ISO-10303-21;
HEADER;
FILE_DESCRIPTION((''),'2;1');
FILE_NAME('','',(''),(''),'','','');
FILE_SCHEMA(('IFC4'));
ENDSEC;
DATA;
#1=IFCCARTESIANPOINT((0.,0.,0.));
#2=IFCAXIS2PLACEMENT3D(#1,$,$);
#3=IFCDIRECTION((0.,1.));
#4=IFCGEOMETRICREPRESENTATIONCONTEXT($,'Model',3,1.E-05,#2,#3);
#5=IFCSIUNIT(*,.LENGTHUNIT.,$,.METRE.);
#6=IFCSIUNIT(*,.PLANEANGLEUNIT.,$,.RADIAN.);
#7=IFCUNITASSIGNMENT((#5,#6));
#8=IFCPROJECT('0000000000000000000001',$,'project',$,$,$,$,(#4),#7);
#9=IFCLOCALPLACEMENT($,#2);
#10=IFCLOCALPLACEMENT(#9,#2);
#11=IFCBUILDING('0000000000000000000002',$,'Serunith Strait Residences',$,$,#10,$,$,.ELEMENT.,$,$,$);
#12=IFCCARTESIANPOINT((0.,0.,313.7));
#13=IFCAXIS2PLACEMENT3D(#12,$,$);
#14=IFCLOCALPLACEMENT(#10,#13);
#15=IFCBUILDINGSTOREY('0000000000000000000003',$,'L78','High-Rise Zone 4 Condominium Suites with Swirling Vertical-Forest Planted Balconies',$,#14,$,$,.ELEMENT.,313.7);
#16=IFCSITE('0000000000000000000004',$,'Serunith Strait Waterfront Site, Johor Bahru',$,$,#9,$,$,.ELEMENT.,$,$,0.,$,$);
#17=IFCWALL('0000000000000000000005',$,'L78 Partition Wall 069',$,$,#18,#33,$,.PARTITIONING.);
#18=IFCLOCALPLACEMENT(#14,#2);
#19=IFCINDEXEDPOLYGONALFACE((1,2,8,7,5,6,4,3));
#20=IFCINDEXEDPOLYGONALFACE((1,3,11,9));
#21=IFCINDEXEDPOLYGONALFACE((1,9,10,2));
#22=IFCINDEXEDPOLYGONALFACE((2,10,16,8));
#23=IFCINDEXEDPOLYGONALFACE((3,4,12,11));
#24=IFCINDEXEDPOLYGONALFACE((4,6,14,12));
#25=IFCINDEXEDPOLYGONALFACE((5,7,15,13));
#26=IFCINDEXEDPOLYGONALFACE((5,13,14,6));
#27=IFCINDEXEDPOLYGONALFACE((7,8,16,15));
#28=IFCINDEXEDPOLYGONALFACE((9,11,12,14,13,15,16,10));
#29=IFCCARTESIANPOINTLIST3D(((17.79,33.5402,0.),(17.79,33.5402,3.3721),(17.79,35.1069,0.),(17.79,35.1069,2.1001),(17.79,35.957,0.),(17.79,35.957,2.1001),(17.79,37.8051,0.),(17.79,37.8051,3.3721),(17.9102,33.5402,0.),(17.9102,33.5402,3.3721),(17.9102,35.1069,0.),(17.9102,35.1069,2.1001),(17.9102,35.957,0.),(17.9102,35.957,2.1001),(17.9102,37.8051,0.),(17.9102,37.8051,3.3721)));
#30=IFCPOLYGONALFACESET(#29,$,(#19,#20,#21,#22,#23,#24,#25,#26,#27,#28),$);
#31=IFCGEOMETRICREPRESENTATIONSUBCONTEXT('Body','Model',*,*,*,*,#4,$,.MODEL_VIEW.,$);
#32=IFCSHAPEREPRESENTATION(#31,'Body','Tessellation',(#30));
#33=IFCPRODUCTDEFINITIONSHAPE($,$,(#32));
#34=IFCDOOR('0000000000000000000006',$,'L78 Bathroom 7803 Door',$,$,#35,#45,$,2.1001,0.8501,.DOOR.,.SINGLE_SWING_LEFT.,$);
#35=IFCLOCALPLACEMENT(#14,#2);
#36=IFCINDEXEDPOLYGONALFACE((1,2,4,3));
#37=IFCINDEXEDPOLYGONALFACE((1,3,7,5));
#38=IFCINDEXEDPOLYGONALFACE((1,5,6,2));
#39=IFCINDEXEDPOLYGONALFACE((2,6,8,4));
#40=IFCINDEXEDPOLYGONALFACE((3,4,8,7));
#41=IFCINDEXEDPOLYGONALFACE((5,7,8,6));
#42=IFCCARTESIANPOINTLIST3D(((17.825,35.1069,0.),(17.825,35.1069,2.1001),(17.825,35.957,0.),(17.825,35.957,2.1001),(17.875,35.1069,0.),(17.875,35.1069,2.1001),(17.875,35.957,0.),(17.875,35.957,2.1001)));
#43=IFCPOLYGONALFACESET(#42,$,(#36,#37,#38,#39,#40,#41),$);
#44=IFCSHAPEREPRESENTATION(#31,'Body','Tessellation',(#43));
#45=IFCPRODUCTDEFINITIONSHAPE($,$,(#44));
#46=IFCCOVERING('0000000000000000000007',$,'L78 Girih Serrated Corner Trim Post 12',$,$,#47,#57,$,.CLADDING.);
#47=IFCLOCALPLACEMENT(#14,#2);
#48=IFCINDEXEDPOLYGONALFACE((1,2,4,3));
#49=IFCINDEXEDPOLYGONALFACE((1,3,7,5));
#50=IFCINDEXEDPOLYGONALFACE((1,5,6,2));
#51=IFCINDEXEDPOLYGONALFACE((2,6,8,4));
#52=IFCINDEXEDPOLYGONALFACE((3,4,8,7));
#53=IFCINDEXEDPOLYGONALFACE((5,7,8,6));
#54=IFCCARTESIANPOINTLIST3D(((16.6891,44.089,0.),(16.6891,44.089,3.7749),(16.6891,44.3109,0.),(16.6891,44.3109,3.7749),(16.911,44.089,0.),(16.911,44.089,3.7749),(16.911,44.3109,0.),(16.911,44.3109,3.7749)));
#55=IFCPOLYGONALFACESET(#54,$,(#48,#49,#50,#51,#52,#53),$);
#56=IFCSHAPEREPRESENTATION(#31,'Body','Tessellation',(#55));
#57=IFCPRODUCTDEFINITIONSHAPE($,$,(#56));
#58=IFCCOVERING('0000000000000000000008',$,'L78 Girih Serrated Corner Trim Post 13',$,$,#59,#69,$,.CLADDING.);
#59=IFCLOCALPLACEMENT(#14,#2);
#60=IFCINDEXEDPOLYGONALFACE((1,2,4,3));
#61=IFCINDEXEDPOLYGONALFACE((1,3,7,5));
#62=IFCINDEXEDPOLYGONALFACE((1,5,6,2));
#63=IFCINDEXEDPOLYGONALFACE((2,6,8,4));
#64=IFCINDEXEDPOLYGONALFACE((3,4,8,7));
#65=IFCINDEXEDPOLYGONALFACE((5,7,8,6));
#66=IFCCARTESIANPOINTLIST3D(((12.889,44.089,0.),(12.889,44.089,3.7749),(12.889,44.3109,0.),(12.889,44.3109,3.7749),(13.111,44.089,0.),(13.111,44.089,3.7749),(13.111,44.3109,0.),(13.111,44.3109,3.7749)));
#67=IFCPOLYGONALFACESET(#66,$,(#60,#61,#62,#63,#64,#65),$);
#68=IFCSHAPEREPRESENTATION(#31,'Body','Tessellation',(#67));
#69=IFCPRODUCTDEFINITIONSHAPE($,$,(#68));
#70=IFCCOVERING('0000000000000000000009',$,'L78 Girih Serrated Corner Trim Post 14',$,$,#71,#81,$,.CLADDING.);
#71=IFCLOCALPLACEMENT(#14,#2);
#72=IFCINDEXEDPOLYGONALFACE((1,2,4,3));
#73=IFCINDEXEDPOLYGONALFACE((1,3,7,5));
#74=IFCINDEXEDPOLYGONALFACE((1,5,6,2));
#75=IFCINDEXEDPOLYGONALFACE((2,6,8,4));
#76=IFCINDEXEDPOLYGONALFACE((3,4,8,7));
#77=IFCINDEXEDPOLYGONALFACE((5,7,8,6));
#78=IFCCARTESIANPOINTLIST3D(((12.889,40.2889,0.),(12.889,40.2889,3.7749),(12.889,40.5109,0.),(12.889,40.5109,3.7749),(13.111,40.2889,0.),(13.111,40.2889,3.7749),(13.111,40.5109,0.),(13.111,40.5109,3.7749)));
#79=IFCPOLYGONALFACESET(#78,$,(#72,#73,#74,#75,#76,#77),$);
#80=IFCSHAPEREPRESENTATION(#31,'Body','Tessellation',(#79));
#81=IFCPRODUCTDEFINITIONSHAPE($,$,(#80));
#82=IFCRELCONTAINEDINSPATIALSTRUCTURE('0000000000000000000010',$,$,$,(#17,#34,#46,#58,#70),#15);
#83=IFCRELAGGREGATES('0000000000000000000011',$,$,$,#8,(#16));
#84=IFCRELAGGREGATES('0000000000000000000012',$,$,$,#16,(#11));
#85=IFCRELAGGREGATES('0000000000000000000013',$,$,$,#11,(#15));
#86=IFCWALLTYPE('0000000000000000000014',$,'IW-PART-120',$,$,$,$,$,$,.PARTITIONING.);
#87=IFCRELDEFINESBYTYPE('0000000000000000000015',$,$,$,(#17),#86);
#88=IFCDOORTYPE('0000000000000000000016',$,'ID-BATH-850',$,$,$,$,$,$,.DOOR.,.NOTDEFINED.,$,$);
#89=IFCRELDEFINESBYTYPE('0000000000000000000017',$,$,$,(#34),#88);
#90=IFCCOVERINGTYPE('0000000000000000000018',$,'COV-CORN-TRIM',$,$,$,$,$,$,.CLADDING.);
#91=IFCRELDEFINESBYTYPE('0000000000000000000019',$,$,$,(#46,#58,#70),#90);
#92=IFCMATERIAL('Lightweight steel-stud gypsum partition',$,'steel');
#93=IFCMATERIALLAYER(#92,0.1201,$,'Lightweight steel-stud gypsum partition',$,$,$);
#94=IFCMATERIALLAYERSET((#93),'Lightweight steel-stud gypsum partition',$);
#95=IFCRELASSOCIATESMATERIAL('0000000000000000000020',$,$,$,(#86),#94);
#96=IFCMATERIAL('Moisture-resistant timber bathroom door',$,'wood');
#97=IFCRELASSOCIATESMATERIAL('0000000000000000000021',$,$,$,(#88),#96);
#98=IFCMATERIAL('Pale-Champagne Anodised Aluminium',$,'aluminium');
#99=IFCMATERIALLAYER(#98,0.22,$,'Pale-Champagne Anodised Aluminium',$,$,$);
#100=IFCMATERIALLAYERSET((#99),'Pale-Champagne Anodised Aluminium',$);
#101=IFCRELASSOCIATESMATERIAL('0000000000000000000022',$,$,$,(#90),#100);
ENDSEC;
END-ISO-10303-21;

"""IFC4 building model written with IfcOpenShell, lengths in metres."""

from ifc_helpers import new_model, si_unit, direction, frame, frame_2d, origin, origin_2d, place, context, subcontext, project, spatial, rectangle, extrude, source, transform, mapped, material, layer, layer_set, type_object, element, fill, save


model = new_model("IFC4")

# Units and contexts
model_context = context("Model", 3, precision=1e-05, world=origin(), true_north=direction((0.0, 1.0)))
body_context = subcontext(model_context, "Body", "Model", "MODEL_VIEW")
ifc_project = project(units=[si_unit("LENGTHUNIT", "METRE"), si_unit("PLANEANGLEUNIT", "RADIAN")], contexts=[model_context])

# Site, building, storey
site_placement = place(None, origin())
site = spatial("IfcSite", under=ifc_project, at=site_placement, Name="Serunith Strait Waterfront Site, Johor Bahru", CompositionType="ELEMENT", RefElevation=0.0)
building_placement = place(site_placement, origin())
building = spatial("IfcBuilding", under=site, at=building_placement, Name="Serunith Strait Residences", CompositionType="ELEMENT")
storey_placement = place(building_placement, frame((0.0, 0.0, 313.7)))
storey = spatial("IfcBuildingStorey", under=building, at=storey_placement, Name="L78", Description="High-Rise Zone 4 Condominium Suites with Swirling Vertical-Forest Planted Balconies", CompositionType="ELEMENT", Elevation=313.7)

# Shared definitions
ifc_material_1 = material(Name="Lightweight steel-stud gypsum partition", Category="steel")
ifc_layer_1 = layer(ifc_material_1, 0.1201, Name="Lightweight steel-stud gypsum partition")
ifc_layer_set_1 = layer_set([ifc_layer_1], Name="Lightweight steel-stud gypsum partition")
wall_type_1 = type_object("IfcWallType", Name="IW-PART-120", PredefinedType="PARTITIONING", material=ifc_layer_set_1)
shared_shape_1 = source(origin(), body_context, "Body", "SweptSolid", [
    extrude(rectangle(XDim=0.8501, YDim=2.1001, at=frame_2d((0.425, 1.05))), frame((0.0, 0.0249, 0.0), z_axis=(0.0, -1.0, 0.0), x_axis=(1.0, 0.0, 0.0)), (0.0, 0.0, 1.0), 0.05),
])

# Wall, opening, door
wall_1_placement = place(storey_placement, frame((17.8501, 37.8049, 0.0), z_axis=(0.0, 0.0, 1.0), x_axis=(0.0, -1.0, 0.0)))
wall_1 = element("IfcWall", 1, at=wall_1_placement, inside=storey, type_object=wall_type_1, Name="L78 Partition Wall 069", PredefinedType="PARTITIONING", context=body_context, shape_type="SweptSolid", body=[
    extrude(rectangle(XDim=4.2649, YDim=0.1201, at=frame_2d((2.1323, 0.0))), origin(), (0.0, 0.0, 1.0), 3.3721),
])
opening_1_placement = place(wall_1_placement, frame((1.8479, 0.0, 0.0)))
opening_1 = element("IfcOpeningElement", 2, at=opening_1_placement, cuts=wall_1, PredefinedType="OPENING", context=body_context, shape_type="SweptSolid", body=[
    extrude(rectangle(XDim=0.8501, YDim=2.1001, at=frame_2d((0.425, 1.05))), frame((0.0, 0.0701, 0.0), z_axis=(0.0, -1.0, 0.0), x_axis=(1.0, 0.0, 0.0)), (0.0, 0.0, 1.0), 0.1401),
])
ifc_material_2 = material(Name="Moisture-resistant timber bathroom door", Category="wood")
door_type_1 = type_object("IfcDoorType", Name="ID-BATH-850", OperationType="NOTDEFINED", PredefinedType="DOOR", material=ifc_material_2)
door_1_placement = place(opening_1_placement, origin())
door_1 = element("IfcDoor", 3, at=door_1_placement, inside=storey, type_object=door_type_1, Name="L78 Bathroom 7803 Door", OperationType="SINGLE_SWING_LEFT", OverallHeight=2.1001, OverallWidth=0.8501, PredefinedType="DOOR", context=body_context, shape_type="MappedRepresentation", body=[
    mapped(shared_shape_1, transform((0.0, 0.0, 0.0), scale=1.0)),
])
fill(opening_1, door_1)

# Coverings
ifc_material_3 = material(Name="Pale-Champagne Anodised Aluminium", Category="aluminium")
ifc_layer_2 = layer(ifc_material_3, 0.22, Name="Pale-Champagne Anodised Aluminium")
ifc_layer_set_2 = layer_set([ifc_layer_2], Name="Pale-Champagne Anodised Aluminium")
covering_type = type_object("IfcCoveringType", Name="COV-CORN-TRIM", PredefinedType="CLADDING", material=ifc_layer_set_2)
shared_shape_2 = source(origin(), body_context, "Body", "SweptSolid", [
    extrude(rectangle(XDim=0.2219, YDim=0.2219, at=origin_2d()), origin(), (0.0, 0.0, 1.0), 3.7749),
])
for number, where, z_axis, x_axis, name in (
    (4, (16.8, 44.2, 0.0), (0.0, 0.0, 1.0), (1.0, 0.0, 0.0), "L78 Girih Serrated Corner Trim Post 12"),
    (5, (13.0, 44.2, 0.0), (0.0, 0.0, 1.0), (1.0, 0.0, 0.0), "L78 Girih Serrated Corner Trim Post 13"),
    (6, (13.0, 40.3999, 0.0), (0.0, 0.0, 1.0), (1.0, 0.0, 0.0), "L78 Girih Serrated Corner Trim Post 14"),
):
    element("IfcCovering", number, at=place(storey_placement, frame(where, z_axis=z_axis, x_axis=x_axis)), inside=storey, type_object=covering_type, Name=name, PredefinedType="CLADDING", context=body_context, shape_type="MappedRepresentation", body=[
        mapped(shared_shape_2, transform((0.0, 0.0, 0.0), scale=1.0)),
    ])

save(model, "model.ifc")
